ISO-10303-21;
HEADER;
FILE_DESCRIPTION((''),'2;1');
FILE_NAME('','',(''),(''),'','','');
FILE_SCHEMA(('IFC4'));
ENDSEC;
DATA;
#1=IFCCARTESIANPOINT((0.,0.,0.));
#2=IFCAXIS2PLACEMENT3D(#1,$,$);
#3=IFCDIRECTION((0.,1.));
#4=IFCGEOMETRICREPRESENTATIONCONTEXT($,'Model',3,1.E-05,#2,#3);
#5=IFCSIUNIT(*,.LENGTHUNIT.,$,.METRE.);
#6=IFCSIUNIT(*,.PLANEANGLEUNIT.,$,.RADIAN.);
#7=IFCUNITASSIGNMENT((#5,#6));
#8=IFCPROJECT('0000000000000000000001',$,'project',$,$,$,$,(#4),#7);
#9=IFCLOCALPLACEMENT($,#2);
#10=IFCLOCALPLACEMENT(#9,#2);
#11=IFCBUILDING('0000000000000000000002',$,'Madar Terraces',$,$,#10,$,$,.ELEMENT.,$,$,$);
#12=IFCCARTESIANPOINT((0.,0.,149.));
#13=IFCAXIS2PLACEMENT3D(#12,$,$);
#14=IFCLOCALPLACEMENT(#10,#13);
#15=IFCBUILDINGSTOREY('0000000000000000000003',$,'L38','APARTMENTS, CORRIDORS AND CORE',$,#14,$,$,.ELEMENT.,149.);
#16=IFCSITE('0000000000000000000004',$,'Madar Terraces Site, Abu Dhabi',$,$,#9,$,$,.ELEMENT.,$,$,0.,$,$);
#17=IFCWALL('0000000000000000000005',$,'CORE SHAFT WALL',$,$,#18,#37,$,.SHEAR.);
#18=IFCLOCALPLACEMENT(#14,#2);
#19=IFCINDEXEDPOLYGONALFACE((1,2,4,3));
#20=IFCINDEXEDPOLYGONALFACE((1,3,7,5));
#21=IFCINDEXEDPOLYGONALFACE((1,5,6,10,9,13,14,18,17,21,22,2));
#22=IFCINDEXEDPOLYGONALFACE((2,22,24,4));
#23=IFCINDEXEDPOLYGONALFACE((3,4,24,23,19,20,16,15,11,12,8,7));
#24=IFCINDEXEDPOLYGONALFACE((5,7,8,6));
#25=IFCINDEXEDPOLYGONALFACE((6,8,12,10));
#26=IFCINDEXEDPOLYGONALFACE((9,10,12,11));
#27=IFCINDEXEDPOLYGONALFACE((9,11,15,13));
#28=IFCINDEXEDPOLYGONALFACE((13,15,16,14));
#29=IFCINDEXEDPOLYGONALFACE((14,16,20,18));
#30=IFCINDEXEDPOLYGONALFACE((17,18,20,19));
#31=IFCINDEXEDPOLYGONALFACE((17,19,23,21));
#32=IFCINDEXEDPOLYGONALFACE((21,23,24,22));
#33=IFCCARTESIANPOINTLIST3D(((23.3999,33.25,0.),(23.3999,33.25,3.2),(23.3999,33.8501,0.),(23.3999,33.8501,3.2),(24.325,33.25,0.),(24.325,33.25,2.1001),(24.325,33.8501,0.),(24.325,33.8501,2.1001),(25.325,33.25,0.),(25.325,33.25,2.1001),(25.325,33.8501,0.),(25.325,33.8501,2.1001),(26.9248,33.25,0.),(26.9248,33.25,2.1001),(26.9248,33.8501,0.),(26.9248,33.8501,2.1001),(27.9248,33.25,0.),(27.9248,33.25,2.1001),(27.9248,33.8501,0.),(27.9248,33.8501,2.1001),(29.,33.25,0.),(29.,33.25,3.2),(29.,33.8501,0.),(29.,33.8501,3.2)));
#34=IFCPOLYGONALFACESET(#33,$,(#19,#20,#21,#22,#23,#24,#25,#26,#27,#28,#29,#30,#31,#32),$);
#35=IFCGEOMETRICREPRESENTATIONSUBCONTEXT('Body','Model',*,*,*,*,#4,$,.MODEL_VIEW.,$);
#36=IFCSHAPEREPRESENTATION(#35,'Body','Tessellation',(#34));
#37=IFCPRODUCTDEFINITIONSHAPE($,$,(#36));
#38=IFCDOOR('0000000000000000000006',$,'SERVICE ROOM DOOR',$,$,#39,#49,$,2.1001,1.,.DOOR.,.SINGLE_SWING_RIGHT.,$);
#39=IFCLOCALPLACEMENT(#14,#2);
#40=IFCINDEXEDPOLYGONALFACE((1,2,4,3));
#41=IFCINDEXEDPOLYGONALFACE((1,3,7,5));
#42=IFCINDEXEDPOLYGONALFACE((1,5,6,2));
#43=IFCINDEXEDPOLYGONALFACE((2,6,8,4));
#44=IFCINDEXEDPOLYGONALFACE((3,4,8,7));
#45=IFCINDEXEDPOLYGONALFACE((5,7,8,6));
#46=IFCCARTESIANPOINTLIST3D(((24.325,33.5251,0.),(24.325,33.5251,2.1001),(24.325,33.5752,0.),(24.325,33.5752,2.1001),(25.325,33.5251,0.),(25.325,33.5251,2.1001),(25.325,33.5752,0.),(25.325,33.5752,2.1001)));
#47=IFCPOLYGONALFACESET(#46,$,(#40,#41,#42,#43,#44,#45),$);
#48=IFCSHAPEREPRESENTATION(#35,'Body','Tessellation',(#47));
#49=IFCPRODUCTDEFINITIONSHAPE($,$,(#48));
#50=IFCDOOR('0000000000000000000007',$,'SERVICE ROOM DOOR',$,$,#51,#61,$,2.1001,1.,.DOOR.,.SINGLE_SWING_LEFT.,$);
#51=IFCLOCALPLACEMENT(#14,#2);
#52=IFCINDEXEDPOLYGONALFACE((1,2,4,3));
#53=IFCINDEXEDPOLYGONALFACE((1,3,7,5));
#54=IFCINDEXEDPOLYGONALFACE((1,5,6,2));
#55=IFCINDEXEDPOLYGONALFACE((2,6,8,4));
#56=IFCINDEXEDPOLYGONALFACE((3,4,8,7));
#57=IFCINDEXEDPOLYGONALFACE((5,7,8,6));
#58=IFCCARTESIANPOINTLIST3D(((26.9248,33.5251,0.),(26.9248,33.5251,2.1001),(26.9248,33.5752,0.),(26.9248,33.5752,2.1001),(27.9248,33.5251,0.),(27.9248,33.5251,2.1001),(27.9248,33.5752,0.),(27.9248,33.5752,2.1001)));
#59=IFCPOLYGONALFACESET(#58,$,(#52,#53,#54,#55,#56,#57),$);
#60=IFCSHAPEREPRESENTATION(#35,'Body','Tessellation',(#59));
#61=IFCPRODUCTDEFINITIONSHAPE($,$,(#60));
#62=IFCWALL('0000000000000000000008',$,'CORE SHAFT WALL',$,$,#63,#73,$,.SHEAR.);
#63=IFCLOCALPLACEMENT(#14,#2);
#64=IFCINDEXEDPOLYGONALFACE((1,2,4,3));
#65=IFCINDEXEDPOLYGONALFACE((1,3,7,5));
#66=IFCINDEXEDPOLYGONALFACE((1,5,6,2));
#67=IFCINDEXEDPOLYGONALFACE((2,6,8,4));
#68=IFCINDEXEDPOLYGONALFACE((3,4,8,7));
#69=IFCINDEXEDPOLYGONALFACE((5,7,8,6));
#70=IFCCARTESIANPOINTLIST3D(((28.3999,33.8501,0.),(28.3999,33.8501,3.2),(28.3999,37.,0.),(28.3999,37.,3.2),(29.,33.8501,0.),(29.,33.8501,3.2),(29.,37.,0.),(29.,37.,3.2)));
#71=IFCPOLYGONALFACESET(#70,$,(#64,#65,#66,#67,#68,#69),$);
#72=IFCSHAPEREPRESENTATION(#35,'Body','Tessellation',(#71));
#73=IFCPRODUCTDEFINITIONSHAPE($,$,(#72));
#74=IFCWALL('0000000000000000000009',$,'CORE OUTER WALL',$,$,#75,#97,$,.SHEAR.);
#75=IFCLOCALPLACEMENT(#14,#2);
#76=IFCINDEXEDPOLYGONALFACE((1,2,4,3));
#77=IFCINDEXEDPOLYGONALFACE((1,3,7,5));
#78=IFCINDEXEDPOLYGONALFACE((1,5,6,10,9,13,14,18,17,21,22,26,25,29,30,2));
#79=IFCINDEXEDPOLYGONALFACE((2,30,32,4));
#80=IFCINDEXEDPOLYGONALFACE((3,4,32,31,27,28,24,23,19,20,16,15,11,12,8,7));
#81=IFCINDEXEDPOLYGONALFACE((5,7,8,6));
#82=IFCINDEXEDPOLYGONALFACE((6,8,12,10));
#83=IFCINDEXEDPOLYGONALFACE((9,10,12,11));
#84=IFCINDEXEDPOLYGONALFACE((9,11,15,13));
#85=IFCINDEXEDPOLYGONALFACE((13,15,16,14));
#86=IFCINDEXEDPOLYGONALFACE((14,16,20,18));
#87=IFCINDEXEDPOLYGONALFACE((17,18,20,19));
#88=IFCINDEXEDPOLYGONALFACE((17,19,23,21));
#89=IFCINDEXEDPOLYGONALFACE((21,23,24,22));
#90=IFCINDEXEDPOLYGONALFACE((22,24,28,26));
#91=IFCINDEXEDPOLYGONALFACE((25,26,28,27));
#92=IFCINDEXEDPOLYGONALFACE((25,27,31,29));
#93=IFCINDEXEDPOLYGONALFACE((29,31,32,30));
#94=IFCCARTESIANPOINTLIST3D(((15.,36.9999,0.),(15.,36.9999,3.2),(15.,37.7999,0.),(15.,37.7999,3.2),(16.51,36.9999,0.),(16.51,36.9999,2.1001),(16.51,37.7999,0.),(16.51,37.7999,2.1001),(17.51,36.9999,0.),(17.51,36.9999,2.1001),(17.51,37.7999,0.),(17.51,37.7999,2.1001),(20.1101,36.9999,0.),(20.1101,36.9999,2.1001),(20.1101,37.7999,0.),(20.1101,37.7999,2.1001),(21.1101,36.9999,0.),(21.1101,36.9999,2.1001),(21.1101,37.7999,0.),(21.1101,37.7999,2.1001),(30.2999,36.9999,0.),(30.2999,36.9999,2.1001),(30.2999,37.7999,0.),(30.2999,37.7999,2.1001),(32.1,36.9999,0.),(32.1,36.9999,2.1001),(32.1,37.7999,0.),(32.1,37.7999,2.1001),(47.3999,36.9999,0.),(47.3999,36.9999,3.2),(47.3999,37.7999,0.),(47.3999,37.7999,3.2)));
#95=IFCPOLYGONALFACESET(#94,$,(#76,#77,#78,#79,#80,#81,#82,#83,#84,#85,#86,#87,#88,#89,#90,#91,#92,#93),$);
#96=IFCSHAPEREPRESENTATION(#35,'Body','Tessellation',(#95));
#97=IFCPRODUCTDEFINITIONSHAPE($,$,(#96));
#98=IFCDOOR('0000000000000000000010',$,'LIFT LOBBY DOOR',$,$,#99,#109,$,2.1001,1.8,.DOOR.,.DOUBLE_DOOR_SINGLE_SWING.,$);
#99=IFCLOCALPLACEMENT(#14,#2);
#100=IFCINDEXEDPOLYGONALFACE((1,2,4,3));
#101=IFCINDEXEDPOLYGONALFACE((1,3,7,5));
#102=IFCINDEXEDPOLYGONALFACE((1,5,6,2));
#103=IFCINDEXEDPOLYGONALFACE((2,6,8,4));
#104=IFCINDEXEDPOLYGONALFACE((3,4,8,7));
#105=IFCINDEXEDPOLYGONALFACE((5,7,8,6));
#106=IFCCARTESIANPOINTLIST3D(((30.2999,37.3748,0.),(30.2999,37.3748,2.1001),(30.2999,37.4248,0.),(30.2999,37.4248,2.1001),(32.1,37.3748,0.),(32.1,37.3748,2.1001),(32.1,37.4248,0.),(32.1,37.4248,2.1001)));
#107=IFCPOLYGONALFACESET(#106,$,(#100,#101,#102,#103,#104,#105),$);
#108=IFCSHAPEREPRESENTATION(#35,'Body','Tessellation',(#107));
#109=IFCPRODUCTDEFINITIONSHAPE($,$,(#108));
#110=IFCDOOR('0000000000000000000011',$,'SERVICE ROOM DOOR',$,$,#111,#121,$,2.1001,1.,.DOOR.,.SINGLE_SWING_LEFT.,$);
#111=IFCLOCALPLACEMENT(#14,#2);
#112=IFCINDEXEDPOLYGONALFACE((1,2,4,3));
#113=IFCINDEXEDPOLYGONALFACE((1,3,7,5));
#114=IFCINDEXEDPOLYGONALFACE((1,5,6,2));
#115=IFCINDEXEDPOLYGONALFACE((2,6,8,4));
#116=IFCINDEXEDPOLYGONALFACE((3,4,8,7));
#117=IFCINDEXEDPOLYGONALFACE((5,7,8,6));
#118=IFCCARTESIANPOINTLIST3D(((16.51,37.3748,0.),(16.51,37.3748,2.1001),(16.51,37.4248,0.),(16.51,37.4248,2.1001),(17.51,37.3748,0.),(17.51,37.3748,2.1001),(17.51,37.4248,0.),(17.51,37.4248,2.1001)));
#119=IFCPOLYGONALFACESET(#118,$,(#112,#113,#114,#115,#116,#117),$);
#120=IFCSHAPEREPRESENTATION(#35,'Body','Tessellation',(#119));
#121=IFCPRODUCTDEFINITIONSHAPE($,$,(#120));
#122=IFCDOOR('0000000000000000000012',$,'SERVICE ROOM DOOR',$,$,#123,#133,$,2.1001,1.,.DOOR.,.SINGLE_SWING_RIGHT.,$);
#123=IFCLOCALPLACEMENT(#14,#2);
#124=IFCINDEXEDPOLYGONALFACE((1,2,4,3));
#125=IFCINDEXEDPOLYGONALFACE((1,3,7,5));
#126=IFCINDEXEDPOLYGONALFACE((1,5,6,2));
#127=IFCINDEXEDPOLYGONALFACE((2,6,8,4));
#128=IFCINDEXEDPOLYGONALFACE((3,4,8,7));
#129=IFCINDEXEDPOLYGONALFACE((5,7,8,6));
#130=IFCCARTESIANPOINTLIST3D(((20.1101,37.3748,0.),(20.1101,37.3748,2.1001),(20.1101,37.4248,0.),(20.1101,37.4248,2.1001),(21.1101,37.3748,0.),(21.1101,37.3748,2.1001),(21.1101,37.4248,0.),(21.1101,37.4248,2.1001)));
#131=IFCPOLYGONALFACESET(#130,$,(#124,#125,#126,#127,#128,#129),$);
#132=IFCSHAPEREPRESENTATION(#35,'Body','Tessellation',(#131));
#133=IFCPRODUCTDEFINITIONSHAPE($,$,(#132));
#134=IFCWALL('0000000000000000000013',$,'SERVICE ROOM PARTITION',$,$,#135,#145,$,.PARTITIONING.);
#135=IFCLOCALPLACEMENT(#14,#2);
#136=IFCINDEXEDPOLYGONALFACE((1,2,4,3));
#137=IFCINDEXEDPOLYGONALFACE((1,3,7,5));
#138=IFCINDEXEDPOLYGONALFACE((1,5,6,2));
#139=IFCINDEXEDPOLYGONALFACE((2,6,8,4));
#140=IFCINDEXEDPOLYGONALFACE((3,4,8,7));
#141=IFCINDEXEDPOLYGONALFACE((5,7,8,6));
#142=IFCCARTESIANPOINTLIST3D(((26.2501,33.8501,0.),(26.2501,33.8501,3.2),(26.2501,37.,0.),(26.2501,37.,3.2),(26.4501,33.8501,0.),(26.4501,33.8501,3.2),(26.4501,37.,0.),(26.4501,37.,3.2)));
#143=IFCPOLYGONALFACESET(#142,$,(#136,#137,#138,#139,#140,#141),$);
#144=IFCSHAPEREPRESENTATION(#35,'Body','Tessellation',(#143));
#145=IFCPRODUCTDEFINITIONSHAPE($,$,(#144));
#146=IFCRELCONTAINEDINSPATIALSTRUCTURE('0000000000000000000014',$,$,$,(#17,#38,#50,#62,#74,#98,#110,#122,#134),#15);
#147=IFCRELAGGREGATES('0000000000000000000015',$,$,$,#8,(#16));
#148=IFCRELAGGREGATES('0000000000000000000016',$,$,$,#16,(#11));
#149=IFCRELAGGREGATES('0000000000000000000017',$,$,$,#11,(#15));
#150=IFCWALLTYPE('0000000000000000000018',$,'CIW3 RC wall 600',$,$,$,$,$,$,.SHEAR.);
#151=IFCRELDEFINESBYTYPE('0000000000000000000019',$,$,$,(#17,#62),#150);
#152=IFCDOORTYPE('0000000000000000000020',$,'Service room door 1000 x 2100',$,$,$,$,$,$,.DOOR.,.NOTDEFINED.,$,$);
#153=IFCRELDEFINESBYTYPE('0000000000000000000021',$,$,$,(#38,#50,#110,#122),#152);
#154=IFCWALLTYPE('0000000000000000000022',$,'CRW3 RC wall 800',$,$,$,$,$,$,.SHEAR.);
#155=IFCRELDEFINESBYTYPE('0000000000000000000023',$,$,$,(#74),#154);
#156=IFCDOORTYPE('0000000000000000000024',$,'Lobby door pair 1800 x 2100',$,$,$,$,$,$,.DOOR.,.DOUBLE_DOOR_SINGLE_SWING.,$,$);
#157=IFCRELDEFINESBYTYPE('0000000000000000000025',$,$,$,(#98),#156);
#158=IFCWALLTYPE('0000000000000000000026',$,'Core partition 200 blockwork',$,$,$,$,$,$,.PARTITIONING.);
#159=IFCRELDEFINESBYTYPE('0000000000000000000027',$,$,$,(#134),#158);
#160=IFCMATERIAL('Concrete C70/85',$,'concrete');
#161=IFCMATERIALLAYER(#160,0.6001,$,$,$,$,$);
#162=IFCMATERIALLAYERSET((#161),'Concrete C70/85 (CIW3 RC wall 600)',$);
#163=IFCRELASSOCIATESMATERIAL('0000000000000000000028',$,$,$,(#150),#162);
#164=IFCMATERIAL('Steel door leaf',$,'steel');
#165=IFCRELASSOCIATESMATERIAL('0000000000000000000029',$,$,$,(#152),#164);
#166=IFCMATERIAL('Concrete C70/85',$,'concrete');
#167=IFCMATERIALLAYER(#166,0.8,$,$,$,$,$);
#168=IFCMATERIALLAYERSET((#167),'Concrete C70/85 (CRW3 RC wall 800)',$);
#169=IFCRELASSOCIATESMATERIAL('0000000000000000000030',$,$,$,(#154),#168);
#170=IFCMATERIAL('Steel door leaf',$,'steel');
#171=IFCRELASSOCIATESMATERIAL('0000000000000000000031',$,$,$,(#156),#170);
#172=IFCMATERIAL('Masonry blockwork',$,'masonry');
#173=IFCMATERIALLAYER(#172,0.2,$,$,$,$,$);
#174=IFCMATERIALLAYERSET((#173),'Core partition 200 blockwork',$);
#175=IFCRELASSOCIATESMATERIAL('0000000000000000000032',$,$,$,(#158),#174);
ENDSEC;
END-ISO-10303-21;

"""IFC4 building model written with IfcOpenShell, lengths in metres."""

from ifc_helpers import new_model, si_unit, direction, frame, frame_2d, origin, place, context, subcontext, project, spatial, rectangle, extrude, material, layer, layer_set, type_object, element, fill, save


model = new_model("IFC4")

# Units and contexts
model_context = context("Model", 3, precision=1e-05, world=origin(), true_north=direction((0.0, 1.0)))
body_context = subcontext(model_context, "Body", "Model", "MODEL_VIEW")
ifc_project = project(units=[si_unit("LENGTHUNIT", "METRE"), si_unit("PLANEANGLEUNIT", "RADIAN")], contexts=[model_context])

# Site, building, storey
site_placement = place(None, origin())
site = spatial("IfcSite", under=ifc_project, at=site_placement, Name="Madar Terraces Site, Abu Dhabi", CompositionType="ELEMENT", RefElevation=0.0)
building_placement = place(site_placement, origin())
building = spatial("IfcBuilding", under=site, at=building_placement, Name="Madar Terraces", CompositionType="ELEMENT")
storey_placement = place(building_placement, frame((0.0, 0.0, 149.0)))
storey = spatial("IfcBuildingStorey", under=building, at=storey_placement, Name="L38", Description="APARTMENTS, CORRIDORS AND CORE", CompositionType="ELEMENT", Elevation=149.0)

# Wall, openings, doors
ifc_material_1 = material(Name="Concrete C70/85", Category="concrete")
ifc_layer_1 = layer(ifc_material_1, 0.6001)
ifc_layer_set_1 = layer_set([ifc_layer_1], Name="Concrete C70/85 (CIW3 RC wall 600)")
wall_type_1 = type_object("IfcWallType", Name="CIW3 RC wall 600", PredefinedType="SHEAR", material=ifc_layer_set_1)
wall_1_placement = place(storey_placement, frame((23.3999, 33.55, 0.0), z_axis=(0.0, 0.0, 1.0), x_axis=(1.0, 0.0, 0.0)))
wall_1 = element("IfcWall", 1, at=wall_1_placement, inside=storey, type_object=wall_type_1, Name="CORE SHAFT WALL", PredefinedType="SHEAR", context=body_context, shape_type="SweptSolid", body=[
    extrude(rectangle(XDim=5.6001, YDim=0.6001, at=frame_2d((2.8, 0.0))), origin(), (0.0, 0.0, 1.0), 3.2),
])
opening_1_placement = place(wall_1_placement, frame((0.925, 0.0, 0.0)))
opening_1 = element("IfcOpeningElement", 2, at=opening_1_placement, cuts=wall_1, PredefinedType="OPENING", context=body_context, shape_type="SweptSolid", body=[
    extrude(rectangle(XDim=1.0, YDim=2.1001, at=frame_2d((0.5, 1.05))), frame((0.0, 0.3101, 0.0), z_axis=(0.0, -1.0, 0.0), x_axis=(1.0, 0.0, 0.0)), (0.0, 0.0, 1.0), 0.6201),
])
opening_2_placement = place(wall_1_placement, frame((3.5249, 0.0, 0.0)))
opening_2 = element("IfcOpeningElement", 3, at=opening_2_placement, cuts=wall_1, PredefinedType="OPENING", context=body_context, shape_type="SweptSolid", body=[
    extrude(rectangle(XDim=1.0, YDim=2.1001, at=frame_2d((0.5, 1.05))), frame((0.0, 0.3101, 0.0), z_axis=(0.0, -1.0, 0.0), x_axis=(1.0, 0.0, 0.0)), (0.0, 0.0, 1.0), 0.6201),
])
ifc_material_2 = material(Name="Steel door leaf", Category="steel")
door_type_1 = type_object("IfcDoorType", Name="Service room door 1000 x 2100", OperationType="NOTDEFINED", PredefinedType="DOOR", material=ifc_material_2)
door_1_placement = place(opening_1_placement, frame((1.0, 0.0, 0.0), z_axis=(0.0, 0.0, 1.0), x_axis=(-1.0, 0.0, 0.0)))
door_1 = element("IfcDoor", 4, at=door_1_placement, inside=storey, type_object=door_type_1, Name="SERVICE ROOM DOOR", OperationType="SINGLE_SWING_RIGHT", OverallHeight=2.1001, OverallWidth=1.0, PredefinedType="DOOR", context=body_context, shape_type="SweptSolid", body=[
    extrude(rectangle(XDim=1.0, YDim=2.1001, at=frame_2d((0.5, 1.05))), frame((0.0, 0.0249, 0.0), z_axis=(0.0, -1.0, 0.0), x_axis=(1.0, 0.0, 0.0)), (0.0, 0.0, 1.0), 0.05),
])
fill(opening_1, door_1)
door_2_placement = place(opening_2_placement, frame((1.0, 0.0, 0.0), z_axis=(0.0, 0.0, 1.0), x_axis=(-1.0, 0.0, 0.0)))
door_2 = element("IfcDoor", 5, at=door_2_placement, inside=storey, type_object=door_type_1, Name="SERVICE ROOM DOOR", OperationType="SINGLE_SWING_LEFT", OverallHeight=2.1001, OverallWidth=1.0, PredefinedType="DOOR", context=body_context, shape_type="SweptSolid", body=[
    extrude(rectangle(XDim=1.0, YDim=2.1001, at=frame_2d((0.5, 1.05))), frame((0.0, 0.0249, 0.0), z_axis=(0.0, -1.0, 0.0), x_axis=(1.0, 0.0, 0.0)), (0.0, 0.0, 1.0), 0.05),
])
fill(opening_2, door_2)

# Wall
wall_2_placement = place(storey_placement, frame((28.7, 33.8501, 0.0), z_axis=(0.0, 0.0, 1.0), x_axis=(0.0, 1.0, 0.0)))
element("IfcWall", 6, at=wall_2_placement, inside=storey, type_object=wall_type_1, Name="CORE SHAFT WALL", PredefinedType="SHEAR", context=body_context, shape_type="SweptSolid", body=[
    extrude(rectangle(XDim=3.1499, YDim=0.6001, at=frame_2d((1.575, 0.0))), origin(), (0.0, 0.0, 1.0), 3.2),
])

# Wall, openings, doors
ifc_material_3 = material(Name="Concrete C70/85", Category="concrete")
ifc_layer_2 = layer(ifc_material_3, 0.8)
ifc_layer_set_2 = layer_set([ifc_layer_2], Name="Concrete C70/85 (CRW3 RC wall 800)")
wall_type_2 = type_object("IfcWallType", Name="CRW3 RC wall 800", PredefinedType="SHEAR", material=ifc_layer_set_2)
wall_3_placement = place(storey_placement, frame((15.0, 37.3999, 0.0), z_axis=(0.0, 0.0, 1.0), x_axis=(1.0, 0.0, 0.0)))
wall_3 = element("IfcWall", 7, at=wall_3_placement, inside=storey, type_object=wall_type_2, Name="CORE OUTER WALL", PredefinedType="SHEAR", context=body_context, shape_type="SweptSolid", body=[
    extrude(rectangle(XDim=32.3999, YDim=0.8, at=frame_2d((16.2, 0.0))), origin(), (0.0, 0.0, 1.0), 3.2),
])
opening_3_placement = place(wall_3_placement, frame((15.3, 0.0, 0.0)))
opening_3 = element("IfcOpeningElement", 8, at=opening_3_placement, cuts=wall_3, PredefinedType="OPENING", context=body_context, shape_type="SweptSolid", body=[
    extrude(rectangle(XDim=1.8, YDim=2.1001, at=frame_2d((0.8999, 1.05))), frame((0.0, 0.4099, 0.0), z_axis=(0.0, -1.0, 0.0), x_axis=(1.0, 0.0, 0.0)), (0.0, 0.0, 1.0), 0.8201),
])
opening_4_placement = place(wall_3_placement, frame((1.51, 0.0, 0.0)))
opening_4 = element("IfcOpeningElement", 9, at=opening_4_placement, cuts=wall_3, PredefinedType="OPENING", context=body_context, shape_type="SweptSolid", body=[
    extrude(rectangle(XDim=1.0, YDim=2.1001, at=frame_2d((0.5, 1.05))), frame((0.0, 0.4099, 0.0), z_axis=(0.0, -1.0, 0.0), x_axis=(1.0, 0.0, 0.0)), (0.0, 0.0, 1.0), 0.8201),
])
opening_5_placement = place(wall_3_placement, frame((5.1101, 0.0, 0.0)))
opening_5 = element("IfcOpeningElement", 10, at=opening_5_placement, cuts=wall_3, PredefinedType="OPENING", context=body_context, shape_type="SweptSolid", body=[
    extrude(rectangle(XDim=1.0, YDim=2.1001, at=frame_2d((0.5, 1.05))), frame((0.0, 0.4099, 0.0), z_axis=(0.0, -1.0, 0.0), x_axis=(1.0, 0.0, 0.0)), (0.0, 0.0, 1.0), 0.8201),
])
ifc_material_4 = material(Name="Steel door leaf", Category="steel")
door_type_2 = type_object("IfcDoorType", Name="Lobby door pair 1800 x 2100", OperationType="DOUBLE_DOOR_SINGLE_SWING", PredefinedType="DOOR", material=ifc_material_4)
door_3_placement = place(opening_3_placement, origin())
door_3 = element("IfcDoor", 11, at=door_3_placement, inside=storey, type_object=door_type_2, Name="LIFT LOBBY DOOR", OperationType="DOUBLE_DOOR_SINGLE_SWING", OverallHeight=2.1001, OverallWidth=1.8, PredefinedType="DOOR", context=body_context, shape_type="SweptSolid", body=[
    extrude(rectangle(XDim=1.8, YDim=2.1001, at=frame_2d((0.8999, 1.05))), frame((0.0, 0.0249, 0.0), z_axis=(0.0, -1.0, 0.0), x_axis=(1.0, 0.0, 0.0)), (0.0, 0.0, 1.0), 0.05),
])
fill(opening_3, door_3)
door_4_placement = place(opening_4_placement, origin())
door_4 = element("IfcDoor", 12, at=door_4_placement, inside=storey, type_object=door_type_1, Name="SERVICE ROOM DOOR", OperationType="SINGLE_SWING_LEFT", OverallHeight=2.1001, OverallWidth=1.0, PredefinedType="DOOR", context=body_context, shape_type="SweptSolid", body=[
    extrude(rectangle(XDim=1.0, YDim=2.1001, at=frame_2d((0.5, 1.05))), frame((0.0, 0.0249, 0.0), z_axis=(0.0, -1.0, 0.0), x_axis=(1.0, 0.0, 0.0)), (0.0, 0.0, 1.0), 0.05),
])
fill(opening_4, door_4)
door_5_placement = place(opening_5_placement, origin())
door_5 = element("IfcDoor", 13, at=door_5_placement, inside=storey, type_object=door_type_1, Name="SERVICE ROOM DOOR", OperationType="SINGLE_SWING_RIGHT", OverallHeight=2.1001, OverallWidth=1.0, PredefinedType="DOOR", context=body_context, shape_type="SweptSolid", body=[
    extrude(rectangle(XDim=1.0, YDim=2.1001, at=frame_2d((0.5, 1.05))), frame((0.0, 0.0249, 0.0), z_axis=(0.0, -1.0, 0.0), x_axis=(1.0, 0.0, 0.0)), (0.0, 0.0, 1.0), 0.05),
])
fill(opening_5, door_5)

# Wall
ifc_material_5 = material(Name="Masonry blockwork", Category="masonry")
ifc_layer_3 = layer(ifc_material_5, 0.2)
ifc_layer_set_3 = layer_set([ifc_layer_3], Name="Core partition 200 blockwork")
wall_type_3 = type_object("IfcWallType", Name="Core partition 200 blockwork", PredefinedType="PARTITIONING", material=ifc_layer_set_3)
wall_4_placement = place(storey_placement, frame((26.3501, 33.8501, 0.0), z_axis=(0.0, 0.0, 1.0), x_axis=(0.0, 1.0, 0.0)))
element("IfcWall", 14, at=wall_4_placement, inside=storey, type_object=wall_type_3, Name="SERVICE ROOM PARTITION", PredefinedType="PARTITIONING", context=body_context, shape_type="SweptSolid", body=[
    extrude(rectangle(XDim=3.1499, YDim=0.2, at=frame_2d((1.575, 0.0))), origin(), (0.0, 0.0, 1.0), 3.2),
])

save(model, "model.ifc")
